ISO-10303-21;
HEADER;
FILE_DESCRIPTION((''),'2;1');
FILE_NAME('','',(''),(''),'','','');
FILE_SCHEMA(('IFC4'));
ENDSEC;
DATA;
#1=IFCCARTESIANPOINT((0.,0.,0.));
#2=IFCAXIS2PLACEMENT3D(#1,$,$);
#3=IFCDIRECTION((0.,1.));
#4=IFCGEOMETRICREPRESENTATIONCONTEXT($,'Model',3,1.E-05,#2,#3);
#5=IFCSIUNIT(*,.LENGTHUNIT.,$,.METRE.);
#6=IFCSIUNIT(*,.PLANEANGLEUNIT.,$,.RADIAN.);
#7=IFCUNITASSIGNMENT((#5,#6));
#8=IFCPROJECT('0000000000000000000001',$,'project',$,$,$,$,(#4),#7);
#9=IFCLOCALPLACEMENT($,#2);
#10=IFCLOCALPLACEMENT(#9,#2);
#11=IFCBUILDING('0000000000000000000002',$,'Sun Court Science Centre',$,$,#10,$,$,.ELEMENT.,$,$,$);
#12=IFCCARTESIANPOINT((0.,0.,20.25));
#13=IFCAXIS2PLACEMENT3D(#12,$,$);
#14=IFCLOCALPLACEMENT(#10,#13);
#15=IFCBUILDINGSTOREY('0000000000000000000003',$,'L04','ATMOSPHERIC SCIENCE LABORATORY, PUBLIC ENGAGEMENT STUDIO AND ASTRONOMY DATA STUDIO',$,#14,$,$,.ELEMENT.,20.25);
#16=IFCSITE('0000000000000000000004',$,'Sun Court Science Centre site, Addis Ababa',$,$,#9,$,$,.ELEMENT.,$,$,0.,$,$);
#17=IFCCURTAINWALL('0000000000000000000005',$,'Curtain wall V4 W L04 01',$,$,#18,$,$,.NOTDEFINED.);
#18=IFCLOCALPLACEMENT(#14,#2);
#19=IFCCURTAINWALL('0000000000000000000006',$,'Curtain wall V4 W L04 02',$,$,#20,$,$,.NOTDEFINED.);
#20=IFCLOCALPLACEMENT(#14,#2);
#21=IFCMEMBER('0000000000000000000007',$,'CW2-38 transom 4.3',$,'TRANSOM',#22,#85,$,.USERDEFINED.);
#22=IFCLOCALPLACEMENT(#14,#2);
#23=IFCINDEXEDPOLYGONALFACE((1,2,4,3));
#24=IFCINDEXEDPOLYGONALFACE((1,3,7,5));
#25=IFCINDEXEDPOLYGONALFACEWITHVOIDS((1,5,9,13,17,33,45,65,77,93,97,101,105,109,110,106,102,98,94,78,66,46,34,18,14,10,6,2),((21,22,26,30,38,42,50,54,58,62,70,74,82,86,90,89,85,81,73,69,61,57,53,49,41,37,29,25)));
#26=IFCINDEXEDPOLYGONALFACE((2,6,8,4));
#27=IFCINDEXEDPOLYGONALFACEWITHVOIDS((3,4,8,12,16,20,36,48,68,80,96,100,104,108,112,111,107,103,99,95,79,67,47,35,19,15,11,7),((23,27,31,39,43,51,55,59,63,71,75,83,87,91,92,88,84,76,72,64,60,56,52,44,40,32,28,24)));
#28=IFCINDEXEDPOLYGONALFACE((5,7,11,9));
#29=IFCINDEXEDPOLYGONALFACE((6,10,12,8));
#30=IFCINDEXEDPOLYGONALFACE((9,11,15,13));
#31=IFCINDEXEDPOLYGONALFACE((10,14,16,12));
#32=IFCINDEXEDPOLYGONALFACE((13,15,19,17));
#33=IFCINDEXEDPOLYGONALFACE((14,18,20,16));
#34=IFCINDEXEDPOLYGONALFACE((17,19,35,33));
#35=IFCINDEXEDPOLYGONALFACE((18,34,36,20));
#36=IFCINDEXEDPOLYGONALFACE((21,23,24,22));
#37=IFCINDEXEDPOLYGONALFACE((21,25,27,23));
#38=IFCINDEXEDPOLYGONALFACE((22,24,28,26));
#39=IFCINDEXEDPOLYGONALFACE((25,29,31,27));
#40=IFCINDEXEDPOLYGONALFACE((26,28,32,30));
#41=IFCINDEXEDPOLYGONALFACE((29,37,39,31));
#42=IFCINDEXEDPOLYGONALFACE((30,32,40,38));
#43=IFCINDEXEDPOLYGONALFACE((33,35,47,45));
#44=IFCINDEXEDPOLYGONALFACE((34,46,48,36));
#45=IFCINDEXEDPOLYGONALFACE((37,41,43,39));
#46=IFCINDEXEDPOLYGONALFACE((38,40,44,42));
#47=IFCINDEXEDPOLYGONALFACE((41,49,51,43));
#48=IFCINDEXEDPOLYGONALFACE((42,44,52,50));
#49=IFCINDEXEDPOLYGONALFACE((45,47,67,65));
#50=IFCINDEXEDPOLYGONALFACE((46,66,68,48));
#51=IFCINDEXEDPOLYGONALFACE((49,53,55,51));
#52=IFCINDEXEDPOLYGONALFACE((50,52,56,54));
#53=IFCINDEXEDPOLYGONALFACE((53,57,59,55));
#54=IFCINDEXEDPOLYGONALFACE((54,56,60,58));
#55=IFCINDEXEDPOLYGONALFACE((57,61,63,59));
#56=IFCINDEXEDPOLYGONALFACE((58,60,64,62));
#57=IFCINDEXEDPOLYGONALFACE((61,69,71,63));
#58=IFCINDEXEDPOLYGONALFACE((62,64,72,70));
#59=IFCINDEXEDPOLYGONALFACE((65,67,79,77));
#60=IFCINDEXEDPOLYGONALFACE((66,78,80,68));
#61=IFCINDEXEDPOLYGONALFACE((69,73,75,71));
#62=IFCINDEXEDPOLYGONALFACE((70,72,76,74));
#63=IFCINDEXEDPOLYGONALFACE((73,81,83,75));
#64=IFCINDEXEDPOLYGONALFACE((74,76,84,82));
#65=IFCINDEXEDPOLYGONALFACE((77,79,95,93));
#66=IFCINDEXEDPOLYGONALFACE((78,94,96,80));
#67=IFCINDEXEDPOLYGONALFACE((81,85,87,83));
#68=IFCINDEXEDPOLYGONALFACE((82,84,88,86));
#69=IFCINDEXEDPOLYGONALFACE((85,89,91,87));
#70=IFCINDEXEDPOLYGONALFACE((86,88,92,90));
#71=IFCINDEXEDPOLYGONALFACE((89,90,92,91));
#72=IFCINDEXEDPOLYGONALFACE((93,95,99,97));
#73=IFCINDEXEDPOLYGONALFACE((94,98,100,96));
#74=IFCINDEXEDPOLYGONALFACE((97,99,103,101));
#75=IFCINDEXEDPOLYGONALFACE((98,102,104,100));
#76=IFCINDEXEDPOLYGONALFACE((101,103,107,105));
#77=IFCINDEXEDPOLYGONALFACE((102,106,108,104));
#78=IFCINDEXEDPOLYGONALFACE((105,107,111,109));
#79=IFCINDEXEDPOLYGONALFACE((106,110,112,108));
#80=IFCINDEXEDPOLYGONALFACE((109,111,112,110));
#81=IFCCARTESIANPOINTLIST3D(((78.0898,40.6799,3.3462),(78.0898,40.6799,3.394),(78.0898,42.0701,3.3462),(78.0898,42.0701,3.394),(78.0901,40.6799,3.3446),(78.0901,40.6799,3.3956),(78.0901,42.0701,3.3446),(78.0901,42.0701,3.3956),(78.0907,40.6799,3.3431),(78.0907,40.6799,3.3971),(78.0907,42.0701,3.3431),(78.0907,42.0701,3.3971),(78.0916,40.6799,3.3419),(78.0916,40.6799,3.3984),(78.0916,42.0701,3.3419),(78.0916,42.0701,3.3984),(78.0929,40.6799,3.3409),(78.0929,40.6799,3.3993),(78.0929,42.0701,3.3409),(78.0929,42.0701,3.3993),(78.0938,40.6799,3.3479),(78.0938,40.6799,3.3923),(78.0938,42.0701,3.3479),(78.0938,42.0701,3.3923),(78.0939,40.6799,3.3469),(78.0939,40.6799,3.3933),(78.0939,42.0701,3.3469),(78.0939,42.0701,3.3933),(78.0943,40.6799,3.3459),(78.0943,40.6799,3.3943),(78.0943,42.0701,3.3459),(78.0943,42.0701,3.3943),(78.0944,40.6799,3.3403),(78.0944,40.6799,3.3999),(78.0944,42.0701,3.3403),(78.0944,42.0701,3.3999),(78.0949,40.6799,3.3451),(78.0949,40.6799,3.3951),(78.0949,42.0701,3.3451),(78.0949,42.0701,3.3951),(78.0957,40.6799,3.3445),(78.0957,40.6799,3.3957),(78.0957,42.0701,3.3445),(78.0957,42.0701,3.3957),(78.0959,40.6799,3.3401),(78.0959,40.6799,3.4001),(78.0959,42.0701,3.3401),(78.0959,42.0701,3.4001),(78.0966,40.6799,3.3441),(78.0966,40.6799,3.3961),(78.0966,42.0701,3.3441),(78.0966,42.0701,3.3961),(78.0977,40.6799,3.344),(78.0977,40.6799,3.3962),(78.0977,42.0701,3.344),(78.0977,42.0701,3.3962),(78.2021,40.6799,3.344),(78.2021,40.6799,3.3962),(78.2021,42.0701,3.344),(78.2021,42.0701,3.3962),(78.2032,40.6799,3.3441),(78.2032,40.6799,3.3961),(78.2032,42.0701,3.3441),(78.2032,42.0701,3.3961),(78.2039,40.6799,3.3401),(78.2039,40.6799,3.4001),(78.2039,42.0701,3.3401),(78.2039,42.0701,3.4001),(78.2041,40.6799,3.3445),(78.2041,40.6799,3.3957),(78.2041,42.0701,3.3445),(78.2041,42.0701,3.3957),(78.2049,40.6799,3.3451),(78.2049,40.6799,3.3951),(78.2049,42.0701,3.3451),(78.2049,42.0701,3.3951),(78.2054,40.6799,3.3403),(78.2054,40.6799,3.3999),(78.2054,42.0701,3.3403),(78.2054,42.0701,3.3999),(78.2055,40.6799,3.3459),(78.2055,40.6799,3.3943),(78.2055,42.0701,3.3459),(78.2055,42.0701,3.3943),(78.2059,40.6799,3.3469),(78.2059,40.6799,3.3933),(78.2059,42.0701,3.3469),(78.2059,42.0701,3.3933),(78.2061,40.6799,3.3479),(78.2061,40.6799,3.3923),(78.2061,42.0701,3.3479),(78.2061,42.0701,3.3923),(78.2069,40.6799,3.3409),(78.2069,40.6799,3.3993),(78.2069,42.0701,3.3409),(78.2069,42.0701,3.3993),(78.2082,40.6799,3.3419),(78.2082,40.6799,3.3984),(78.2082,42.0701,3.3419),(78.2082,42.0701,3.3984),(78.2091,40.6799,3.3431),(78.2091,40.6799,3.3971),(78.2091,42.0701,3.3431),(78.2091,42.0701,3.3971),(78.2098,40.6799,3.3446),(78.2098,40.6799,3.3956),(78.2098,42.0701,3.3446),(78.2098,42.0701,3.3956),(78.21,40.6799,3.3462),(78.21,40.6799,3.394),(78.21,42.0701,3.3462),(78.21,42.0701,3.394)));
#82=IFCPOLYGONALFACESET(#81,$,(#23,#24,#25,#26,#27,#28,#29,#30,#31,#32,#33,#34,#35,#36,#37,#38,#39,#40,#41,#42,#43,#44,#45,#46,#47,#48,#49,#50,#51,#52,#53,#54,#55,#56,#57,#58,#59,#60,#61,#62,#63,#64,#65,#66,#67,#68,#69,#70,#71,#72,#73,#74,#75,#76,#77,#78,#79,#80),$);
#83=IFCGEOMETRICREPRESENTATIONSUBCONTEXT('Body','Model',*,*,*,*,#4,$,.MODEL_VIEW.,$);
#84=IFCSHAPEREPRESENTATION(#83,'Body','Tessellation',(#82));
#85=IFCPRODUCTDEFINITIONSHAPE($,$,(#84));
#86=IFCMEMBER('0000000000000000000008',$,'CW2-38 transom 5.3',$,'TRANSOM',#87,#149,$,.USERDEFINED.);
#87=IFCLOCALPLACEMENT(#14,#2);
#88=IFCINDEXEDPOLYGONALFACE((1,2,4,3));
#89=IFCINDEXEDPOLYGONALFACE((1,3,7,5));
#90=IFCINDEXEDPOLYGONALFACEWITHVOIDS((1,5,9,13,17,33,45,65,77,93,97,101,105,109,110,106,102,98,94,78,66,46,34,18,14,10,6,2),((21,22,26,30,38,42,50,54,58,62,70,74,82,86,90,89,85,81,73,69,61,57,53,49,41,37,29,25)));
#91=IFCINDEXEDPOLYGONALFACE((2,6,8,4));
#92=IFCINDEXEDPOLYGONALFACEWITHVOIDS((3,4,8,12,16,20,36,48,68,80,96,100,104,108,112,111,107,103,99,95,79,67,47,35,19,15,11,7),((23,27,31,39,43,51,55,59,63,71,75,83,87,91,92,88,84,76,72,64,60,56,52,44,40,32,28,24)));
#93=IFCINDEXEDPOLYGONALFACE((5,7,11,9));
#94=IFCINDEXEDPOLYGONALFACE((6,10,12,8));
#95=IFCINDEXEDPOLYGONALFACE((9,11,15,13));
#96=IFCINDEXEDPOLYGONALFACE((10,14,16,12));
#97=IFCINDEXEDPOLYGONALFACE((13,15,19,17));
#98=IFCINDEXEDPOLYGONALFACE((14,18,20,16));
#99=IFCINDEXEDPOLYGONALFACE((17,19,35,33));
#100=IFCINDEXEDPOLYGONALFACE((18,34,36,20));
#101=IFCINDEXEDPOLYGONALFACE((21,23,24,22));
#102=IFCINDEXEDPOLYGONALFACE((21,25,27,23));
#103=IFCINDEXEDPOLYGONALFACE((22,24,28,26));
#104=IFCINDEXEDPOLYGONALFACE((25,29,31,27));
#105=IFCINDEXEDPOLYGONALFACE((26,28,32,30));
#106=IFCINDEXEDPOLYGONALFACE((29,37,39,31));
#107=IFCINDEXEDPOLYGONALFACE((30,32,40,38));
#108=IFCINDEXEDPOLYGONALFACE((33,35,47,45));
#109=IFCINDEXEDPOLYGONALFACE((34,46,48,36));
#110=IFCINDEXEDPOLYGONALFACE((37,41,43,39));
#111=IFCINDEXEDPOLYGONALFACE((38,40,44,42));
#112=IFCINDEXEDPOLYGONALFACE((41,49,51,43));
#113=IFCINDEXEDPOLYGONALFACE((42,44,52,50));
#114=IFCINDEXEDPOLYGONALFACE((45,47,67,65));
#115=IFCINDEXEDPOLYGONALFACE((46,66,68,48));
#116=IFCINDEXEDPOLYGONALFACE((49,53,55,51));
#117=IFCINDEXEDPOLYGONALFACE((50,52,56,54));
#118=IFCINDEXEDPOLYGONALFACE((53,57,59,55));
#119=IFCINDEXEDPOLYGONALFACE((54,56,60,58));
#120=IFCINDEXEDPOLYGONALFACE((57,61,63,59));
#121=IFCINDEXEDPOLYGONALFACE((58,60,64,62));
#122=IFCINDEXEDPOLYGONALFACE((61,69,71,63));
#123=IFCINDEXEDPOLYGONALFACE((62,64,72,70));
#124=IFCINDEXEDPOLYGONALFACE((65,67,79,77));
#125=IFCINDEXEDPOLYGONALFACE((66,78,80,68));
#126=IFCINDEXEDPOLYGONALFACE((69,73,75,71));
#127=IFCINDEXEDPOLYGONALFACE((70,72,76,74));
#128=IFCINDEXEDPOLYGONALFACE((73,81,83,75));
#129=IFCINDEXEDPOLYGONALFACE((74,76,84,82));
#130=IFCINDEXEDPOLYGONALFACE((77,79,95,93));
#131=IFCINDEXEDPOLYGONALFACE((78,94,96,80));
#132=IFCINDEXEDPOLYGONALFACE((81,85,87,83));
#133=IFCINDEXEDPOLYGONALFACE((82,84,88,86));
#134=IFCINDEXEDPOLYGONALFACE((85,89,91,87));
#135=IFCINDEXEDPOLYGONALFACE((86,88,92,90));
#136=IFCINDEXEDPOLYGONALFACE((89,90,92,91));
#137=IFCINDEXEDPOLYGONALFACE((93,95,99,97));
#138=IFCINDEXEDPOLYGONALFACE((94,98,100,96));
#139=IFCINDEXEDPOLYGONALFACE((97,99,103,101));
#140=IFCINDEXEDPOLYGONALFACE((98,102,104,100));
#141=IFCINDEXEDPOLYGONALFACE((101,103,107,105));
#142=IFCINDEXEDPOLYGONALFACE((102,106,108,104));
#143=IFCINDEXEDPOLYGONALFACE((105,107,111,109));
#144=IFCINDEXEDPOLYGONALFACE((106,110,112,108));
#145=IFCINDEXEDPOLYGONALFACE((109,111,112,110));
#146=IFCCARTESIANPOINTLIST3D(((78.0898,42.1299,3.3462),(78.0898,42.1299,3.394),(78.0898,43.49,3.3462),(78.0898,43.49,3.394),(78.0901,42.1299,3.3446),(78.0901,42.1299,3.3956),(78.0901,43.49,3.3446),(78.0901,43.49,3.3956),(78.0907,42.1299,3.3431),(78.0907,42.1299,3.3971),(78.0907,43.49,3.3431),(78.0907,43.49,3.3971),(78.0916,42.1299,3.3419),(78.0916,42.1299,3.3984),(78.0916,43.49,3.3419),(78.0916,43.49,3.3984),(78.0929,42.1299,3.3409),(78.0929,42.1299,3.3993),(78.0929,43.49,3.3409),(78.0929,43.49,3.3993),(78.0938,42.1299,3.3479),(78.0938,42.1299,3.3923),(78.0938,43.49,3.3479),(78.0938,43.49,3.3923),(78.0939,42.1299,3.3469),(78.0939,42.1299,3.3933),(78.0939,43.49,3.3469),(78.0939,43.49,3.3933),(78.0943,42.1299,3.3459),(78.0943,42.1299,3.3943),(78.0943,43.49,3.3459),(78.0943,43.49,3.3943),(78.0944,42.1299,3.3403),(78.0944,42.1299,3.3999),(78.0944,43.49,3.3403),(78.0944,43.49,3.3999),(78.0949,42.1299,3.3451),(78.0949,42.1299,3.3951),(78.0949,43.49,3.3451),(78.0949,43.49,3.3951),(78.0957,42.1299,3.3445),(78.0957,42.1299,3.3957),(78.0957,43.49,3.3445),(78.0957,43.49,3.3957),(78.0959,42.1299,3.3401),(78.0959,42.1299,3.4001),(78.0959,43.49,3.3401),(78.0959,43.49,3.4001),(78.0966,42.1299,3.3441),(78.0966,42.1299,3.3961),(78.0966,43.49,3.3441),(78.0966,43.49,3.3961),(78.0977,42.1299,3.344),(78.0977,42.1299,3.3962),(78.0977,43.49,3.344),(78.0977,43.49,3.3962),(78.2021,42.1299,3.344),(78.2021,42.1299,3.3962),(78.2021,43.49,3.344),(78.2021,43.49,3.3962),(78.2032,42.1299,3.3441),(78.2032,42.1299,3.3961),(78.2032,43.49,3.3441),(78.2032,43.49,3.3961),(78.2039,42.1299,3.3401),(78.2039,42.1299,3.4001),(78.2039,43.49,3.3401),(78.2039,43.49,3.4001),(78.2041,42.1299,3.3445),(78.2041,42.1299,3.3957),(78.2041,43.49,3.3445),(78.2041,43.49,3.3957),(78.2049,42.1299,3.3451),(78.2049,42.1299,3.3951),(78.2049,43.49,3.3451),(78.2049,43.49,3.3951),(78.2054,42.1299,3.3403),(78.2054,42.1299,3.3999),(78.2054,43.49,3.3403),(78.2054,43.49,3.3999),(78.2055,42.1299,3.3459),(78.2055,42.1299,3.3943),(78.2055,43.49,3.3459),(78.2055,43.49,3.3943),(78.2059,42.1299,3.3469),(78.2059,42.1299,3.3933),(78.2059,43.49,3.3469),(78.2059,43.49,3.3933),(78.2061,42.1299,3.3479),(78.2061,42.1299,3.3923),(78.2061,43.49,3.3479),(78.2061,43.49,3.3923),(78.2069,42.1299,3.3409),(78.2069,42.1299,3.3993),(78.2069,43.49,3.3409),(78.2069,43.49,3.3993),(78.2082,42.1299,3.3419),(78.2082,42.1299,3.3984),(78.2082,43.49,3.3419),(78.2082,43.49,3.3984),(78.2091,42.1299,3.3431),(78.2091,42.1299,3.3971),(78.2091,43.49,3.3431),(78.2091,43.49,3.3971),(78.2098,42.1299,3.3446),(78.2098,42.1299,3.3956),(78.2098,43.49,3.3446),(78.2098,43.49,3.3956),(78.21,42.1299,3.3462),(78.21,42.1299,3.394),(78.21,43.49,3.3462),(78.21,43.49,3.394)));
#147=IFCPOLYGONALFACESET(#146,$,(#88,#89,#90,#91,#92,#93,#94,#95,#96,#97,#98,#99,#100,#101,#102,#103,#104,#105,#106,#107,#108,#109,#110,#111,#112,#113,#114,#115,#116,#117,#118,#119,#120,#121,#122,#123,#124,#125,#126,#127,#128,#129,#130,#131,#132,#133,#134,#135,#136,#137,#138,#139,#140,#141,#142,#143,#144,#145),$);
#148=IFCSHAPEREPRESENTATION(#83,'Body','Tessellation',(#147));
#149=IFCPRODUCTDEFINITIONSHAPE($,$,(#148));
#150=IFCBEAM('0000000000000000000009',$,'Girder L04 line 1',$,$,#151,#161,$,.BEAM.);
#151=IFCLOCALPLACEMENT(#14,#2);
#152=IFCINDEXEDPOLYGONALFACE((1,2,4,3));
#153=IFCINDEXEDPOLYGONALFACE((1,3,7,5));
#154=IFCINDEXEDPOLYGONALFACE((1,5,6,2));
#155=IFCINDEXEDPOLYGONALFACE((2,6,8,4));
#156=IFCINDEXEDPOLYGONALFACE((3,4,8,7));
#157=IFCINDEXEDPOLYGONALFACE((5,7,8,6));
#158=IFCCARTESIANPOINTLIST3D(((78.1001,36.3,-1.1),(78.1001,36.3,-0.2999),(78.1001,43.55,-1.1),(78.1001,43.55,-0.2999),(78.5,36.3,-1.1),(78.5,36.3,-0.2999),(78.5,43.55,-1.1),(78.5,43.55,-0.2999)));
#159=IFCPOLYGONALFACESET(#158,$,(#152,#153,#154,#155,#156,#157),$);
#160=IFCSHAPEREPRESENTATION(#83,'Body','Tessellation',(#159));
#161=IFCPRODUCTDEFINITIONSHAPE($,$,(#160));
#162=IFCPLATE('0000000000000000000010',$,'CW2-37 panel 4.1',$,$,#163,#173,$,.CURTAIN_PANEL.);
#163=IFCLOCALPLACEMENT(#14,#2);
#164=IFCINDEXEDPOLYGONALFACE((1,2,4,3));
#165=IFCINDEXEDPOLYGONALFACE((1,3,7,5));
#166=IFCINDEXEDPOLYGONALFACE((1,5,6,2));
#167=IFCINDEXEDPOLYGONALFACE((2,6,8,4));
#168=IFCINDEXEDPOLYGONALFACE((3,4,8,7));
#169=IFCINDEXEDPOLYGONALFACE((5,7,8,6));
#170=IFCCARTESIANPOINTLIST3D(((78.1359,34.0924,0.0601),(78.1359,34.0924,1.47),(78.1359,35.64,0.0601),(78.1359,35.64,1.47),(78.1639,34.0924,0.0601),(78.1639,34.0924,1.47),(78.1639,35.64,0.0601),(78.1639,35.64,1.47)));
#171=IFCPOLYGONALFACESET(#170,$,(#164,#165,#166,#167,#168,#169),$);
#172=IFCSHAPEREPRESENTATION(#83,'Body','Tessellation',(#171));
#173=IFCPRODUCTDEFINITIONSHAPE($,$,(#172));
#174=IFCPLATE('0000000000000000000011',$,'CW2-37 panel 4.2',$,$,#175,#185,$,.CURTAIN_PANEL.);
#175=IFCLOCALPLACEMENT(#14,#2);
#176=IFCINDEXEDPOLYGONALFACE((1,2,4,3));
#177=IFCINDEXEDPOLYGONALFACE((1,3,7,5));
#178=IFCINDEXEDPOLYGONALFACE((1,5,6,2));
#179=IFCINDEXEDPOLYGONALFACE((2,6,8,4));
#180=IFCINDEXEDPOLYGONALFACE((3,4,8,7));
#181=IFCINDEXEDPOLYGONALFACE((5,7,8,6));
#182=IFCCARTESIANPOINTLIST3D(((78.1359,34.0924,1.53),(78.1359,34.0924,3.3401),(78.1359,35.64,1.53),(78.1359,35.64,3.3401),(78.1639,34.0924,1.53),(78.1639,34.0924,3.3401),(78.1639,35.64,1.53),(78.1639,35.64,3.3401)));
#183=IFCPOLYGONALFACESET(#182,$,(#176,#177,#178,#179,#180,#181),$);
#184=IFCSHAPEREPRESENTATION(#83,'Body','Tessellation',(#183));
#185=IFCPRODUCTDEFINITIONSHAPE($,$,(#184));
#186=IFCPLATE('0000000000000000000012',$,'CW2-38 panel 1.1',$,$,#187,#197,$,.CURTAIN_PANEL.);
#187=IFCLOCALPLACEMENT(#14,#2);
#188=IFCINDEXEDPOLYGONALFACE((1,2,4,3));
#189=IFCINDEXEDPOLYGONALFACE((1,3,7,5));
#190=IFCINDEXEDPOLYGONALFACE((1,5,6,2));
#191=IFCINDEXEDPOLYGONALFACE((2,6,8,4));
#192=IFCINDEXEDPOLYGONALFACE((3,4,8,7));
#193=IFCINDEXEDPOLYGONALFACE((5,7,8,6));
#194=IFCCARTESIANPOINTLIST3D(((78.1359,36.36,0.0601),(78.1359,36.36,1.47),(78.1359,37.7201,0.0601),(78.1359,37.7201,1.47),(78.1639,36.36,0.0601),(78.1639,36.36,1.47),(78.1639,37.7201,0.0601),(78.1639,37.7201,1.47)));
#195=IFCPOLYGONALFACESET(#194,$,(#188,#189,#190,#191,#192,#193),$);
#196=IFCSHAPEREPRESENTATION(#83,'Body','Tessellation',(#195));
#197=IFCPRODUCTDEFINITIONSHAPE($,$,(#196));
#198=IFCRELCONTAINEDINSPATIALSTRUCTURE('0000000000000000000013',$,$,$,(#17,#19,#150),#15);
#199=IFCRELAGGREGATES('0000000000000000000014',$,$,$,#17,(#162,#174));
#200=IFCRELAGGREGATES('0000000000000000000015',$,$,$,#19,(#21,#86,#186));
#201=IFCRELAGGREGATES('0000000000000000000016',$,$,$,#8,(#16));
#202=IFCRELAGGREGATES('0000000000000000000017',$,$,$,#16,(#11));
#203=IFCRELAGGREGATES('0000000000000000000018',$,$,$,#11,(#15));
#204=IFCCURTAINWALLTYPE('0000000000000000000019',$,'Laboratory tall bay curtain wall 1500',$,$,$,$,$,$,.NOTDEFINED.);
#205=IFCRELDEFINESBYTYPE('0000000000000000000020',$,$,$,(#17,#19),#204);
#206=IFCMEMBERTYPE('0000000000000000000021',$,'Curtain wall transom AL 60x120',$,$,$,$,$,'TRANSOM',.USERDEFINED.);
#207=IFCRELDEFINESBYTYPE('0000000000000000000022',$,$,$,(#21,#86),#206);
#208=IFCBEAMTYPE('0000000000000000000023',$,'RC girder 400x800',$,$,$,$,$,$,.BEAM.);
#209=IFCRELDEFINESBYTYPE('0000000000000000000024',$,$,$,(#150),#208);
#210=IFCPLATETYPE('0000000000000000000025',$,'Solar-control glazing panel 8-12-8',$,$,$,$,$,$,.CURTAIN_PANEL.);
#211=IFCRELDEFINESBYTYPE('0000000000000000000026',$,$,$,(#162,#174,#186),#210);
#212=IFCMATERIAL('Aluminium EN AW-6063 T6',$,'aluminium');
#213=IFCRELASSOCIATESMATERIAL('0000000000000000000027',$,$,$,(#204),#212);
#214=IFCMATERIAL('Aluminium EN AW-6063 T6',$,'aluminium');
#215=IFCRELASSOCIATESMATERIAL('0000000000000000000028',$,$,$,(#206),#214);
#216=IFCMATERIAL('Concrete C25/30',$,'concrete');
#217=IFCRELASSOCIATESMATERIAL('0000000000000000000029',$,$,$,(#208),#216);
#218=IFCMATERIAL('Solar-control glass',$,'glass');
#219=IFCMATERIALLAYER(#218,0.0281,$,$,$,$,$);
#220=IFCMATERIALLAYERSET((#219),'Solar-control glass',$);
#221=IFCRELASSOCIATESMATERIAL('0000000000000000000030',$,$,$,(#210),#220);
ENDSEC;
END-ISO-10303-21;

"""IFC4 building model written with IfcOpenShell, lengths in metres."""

from ifc_helpers import new_model, si_unit, direction, frame, origin, origin_2d, place, context, subcontext, project, spatial, rectangle, hollow_rectangle, extrude, material, layer, layer_set, material_profile, profile_set, type_object, element, aggregate, save


model = new_model("IFC4")

# Units and contexts
model_context = context("Model", 3, precision=1e-05, world=origin(), true_north=direction((0.0, 1.0)))
body_context = subcontext(model_context, "Body", "Model", "MODEL_VIEW")
ifc_project = project(units=[si_unit("LENGTHUNIT", "METRE"), si_unit("PLANEANGLEUNIT", "RADIAN")], contexts=[model_context])

# Site, building, storey
site_placement = place(None, origin())
site = spatial("IfcSite", under=ifc_project, at=site_placement, Name="Sun Court Science Centre site, Addis Ababa", CompositionType="ELEMENT", RefElevation=0.0)
building_placement = place(site_placement, origin())
building = spatial("IfcBuilding", under=site, at=building_placement, Name="Sun Court Science Centre", CompositionType="ELEMENT")
storey_placement = place(building_placement, frame((0.0, 0.0, 20.25)))
storey = spatial("IfcBuildingStorey", under=building, at=storey_placement, Name="L04", Description="ATMOSPHERIC SCIENCE LABORATORY, PUBLIC ENGAGEMENT STUDIO AND ASTRONOMY DATA STUDIO", CompositionType="ELEMENT", Elevation=20.25)

# Curtain wall
ifc_material_1 = material(Name="Aluminium EN AW-6063 T6", Category="aluminium")
curtain_wall_type = type_object("IfcCurtainWallType", Name="Laboratory tall bay curtain wall 1500", PredefinedType="NOTDEFINED", material=ifc_material_1)
curtain_wall_1_placement = place(storey_placement, origin())
curtain_wall_1 = element("IfcCurtainWall", 1, at=curtain_wall_1_placement, inside=storey, type_object=curtain_wall_type, Name="Curtain wall V4 W L04 01", PredefinedType="NOTDEFINED")

# Curtain wall
curtain_wall_2_placement = place(storey_placement, origin())
curtain_wall_2 = element("IfcCurtainWall", 2, at=curtain_wall_2_placement, inside=storey, type_object=curtain_wall_type, Name="Curtain wall V4 W L04 02", PredefinedType="NOTDEFINED")

# Members
ifc_material_2 = material(Name="Aluminium EN AW-6063 T6", Category="aluminium")
ifc_material_profile_1 = material_profile(ifc_material_2, hollow_rectangle(XDim=0.0601, YDim=0.1201, WallThickness=0.0039, InnerFilletRadius=0.0039, OuterFilletRadius=0.0061, at=origin_2d()), Name="AL 60x120x4")
ifc_profile_set_1 = profile_set([ifc_material_profile_1], Name="Aluminium EN AW-6063 T6")
member_type_1 = type_object("IfcMemberType", Name="Curtain wall transom AL 60x120", ElementType="TRANSOM", PredefinedType="USERDEFINED", material=ifc_profile_set_1)
member_1_placement = place(storey_placement, frame((78.1499, 40.6799, 3.3701), z_axis=(0.0, 1.0, 0.0), x_axis=(0.0, 0.0, 1.0)))
member_1 = element("IfcMember", 3, at=member_1_placement, type_object=member_type_1, Name="CW2-38 transom 4.3", ObjectType="TRANSOM", PredefinedType="USERDEFINED", context=body_context, shape_type="SweptSolid", body=[
    extrude(hollow_rectangle(XDim=0.0601, YDim=0.1201, WallThickness=0.0039, InnerFilletRadius=0.0039, OuterFilletRadius=0.0061, at=origin_2d()), origin(), (0.0, 0.0, 1.0), 1.3901),
])
member_2_placement = place(storey_placement, frame((78.1499, 42.1299, 3.3701), z_axis=(0.0, 1.0, 0.0), x_axis=(0.0, 0.0, 1.0)))
member_2 = element("IfcMember", 4, at=member_2_placement, type_object=member_type_1, Name="CW2-38 transom 5.3", ObjectType="TRANSOM", PredefinedType="USERDEFINED", context=body_context, shape_type="SweptSolid", body=[
    extrude(hollow_rectangle(XDim=0.0601, YDim=0.1201, WallThickness=0.0039, InnerFilletRadius=0.0039, OuterFilletRadius=0.0061, at=origin_2d()), origin(), (0.0, 0.0, 1.0), 1.3601),
])

# Beam
ifc_material_3 = material(Name="Concrete C25/30", Category="concrete")
ifc_material_profile_2 = material_profile(ifc_material_3, rectangle(XDim=0.3999, YDim=0.8, at=origin_2d()), Name="RC 400x800")
ifc_profile_set_2 = profile_set([ifc_material_profile_2], Name="Concrete C25/30")
beam_type = type_object("IfcBeamType", Name="RC girder 400x800", PredefinedType="BEAM", material=ifc_profile_set_2)
beam_placement = place(storey_placement, frame((78.3, 36.3, -0.7), z_axis=(0.0, 1.0, 0.0), x_axis=(-1.0, 0.0, 0.0)))
element("IfcBeam", 5, at=beam_placement, inside=storey, type_object=beam_type, Name="Girder L04 line 1", PredefinedType="BEAM", context=body_context, shape_type="SweptSolid", body=[
    extrude(rectangle(XDim=0.3999, YDim=0.8, at=origin_2d()), origin(), (0.0, 0.0, 1.0), 7.25),
])

# Plates
ifc_material_4 = material(Name="Solar-control glass", Category="glass")
ifc_layer = layer(ifc_material_4, 0.0281)
ifc_layer_set = layer_set([ifc_layer], Name="Solar-control glass")
plate_type = type_object("IfcPlateType", Name="Solar-control glazing panel 8-12-8", PredefinedType="CURTAIN_PANEL", material=ifc_layer_set)
plate_1_placement = place(storey_placement, frame((78.1499, 34.8662, 0.0601), z_axis=(0.0, 0.0, 1.0), x_axis=(0.0, 1.0, 0.0)))
plate_1 = element("IfcPlate", 6, at=plate_1_placement, type_object=plate_type, Name="CW2-37 panel 4.1", PredefinedType="CURTAIN_PANEL", context=body_context, shape_type="SweptSolid", body=[
    extrude(rectangle(XDim=1.5476, YDim=0.0281, at=origin_2d()), origin(), (0.0, 0.0, 1.0), 1.4099),
])
plate_2_placement = place(storey_placement, frame((78.1499, 34.8662, 1.53), z_axis=(0.0, 0.0, 1.0), x_axis=(0.0, 1.0, 0.0)))
plate_2 = element("IfcPlate", 7, at=plate_2_placement, type_object=plate_type, Name="CW2-37 panel 4.2", PredefinedType="CURTAIN_PANEL", context=body_context, shape_type="SweptSolid", body=[
    extrude(rectangle(XDim=1.5476, YDim=0.0281, at=origin_2d()), origin(), (0.0, 0.0, 1.0), 1.8101),
])
aggregate(curtain_wall_1, [plate_1, plate_2])
plate_3_placement = place(storey_placement, frame((78.1499, 37.04, 0.0601), z_axis=(0.0, 0.0, 1.0), x_axis=(0.0, 1.0, 0.0)))
plate_3 = element("IfcPlate", 8, at=plate_3_placement, type_object=plate_type, Name="CW2-38 panel 1.1", PredefinedType="CURTAIN_PANEL", context=body_context, shape_type="SweptSolid", body=[
    extrude(rectangle(XDim=1.3601, YDim=0.0281, at=origin_2d()), origin(), (0.0, 0.0, 1.0), 1.4099),
])
aggregate(curtain_wall_2, [member_1, member_2, plate_3])

save(model, "model.ifc")
